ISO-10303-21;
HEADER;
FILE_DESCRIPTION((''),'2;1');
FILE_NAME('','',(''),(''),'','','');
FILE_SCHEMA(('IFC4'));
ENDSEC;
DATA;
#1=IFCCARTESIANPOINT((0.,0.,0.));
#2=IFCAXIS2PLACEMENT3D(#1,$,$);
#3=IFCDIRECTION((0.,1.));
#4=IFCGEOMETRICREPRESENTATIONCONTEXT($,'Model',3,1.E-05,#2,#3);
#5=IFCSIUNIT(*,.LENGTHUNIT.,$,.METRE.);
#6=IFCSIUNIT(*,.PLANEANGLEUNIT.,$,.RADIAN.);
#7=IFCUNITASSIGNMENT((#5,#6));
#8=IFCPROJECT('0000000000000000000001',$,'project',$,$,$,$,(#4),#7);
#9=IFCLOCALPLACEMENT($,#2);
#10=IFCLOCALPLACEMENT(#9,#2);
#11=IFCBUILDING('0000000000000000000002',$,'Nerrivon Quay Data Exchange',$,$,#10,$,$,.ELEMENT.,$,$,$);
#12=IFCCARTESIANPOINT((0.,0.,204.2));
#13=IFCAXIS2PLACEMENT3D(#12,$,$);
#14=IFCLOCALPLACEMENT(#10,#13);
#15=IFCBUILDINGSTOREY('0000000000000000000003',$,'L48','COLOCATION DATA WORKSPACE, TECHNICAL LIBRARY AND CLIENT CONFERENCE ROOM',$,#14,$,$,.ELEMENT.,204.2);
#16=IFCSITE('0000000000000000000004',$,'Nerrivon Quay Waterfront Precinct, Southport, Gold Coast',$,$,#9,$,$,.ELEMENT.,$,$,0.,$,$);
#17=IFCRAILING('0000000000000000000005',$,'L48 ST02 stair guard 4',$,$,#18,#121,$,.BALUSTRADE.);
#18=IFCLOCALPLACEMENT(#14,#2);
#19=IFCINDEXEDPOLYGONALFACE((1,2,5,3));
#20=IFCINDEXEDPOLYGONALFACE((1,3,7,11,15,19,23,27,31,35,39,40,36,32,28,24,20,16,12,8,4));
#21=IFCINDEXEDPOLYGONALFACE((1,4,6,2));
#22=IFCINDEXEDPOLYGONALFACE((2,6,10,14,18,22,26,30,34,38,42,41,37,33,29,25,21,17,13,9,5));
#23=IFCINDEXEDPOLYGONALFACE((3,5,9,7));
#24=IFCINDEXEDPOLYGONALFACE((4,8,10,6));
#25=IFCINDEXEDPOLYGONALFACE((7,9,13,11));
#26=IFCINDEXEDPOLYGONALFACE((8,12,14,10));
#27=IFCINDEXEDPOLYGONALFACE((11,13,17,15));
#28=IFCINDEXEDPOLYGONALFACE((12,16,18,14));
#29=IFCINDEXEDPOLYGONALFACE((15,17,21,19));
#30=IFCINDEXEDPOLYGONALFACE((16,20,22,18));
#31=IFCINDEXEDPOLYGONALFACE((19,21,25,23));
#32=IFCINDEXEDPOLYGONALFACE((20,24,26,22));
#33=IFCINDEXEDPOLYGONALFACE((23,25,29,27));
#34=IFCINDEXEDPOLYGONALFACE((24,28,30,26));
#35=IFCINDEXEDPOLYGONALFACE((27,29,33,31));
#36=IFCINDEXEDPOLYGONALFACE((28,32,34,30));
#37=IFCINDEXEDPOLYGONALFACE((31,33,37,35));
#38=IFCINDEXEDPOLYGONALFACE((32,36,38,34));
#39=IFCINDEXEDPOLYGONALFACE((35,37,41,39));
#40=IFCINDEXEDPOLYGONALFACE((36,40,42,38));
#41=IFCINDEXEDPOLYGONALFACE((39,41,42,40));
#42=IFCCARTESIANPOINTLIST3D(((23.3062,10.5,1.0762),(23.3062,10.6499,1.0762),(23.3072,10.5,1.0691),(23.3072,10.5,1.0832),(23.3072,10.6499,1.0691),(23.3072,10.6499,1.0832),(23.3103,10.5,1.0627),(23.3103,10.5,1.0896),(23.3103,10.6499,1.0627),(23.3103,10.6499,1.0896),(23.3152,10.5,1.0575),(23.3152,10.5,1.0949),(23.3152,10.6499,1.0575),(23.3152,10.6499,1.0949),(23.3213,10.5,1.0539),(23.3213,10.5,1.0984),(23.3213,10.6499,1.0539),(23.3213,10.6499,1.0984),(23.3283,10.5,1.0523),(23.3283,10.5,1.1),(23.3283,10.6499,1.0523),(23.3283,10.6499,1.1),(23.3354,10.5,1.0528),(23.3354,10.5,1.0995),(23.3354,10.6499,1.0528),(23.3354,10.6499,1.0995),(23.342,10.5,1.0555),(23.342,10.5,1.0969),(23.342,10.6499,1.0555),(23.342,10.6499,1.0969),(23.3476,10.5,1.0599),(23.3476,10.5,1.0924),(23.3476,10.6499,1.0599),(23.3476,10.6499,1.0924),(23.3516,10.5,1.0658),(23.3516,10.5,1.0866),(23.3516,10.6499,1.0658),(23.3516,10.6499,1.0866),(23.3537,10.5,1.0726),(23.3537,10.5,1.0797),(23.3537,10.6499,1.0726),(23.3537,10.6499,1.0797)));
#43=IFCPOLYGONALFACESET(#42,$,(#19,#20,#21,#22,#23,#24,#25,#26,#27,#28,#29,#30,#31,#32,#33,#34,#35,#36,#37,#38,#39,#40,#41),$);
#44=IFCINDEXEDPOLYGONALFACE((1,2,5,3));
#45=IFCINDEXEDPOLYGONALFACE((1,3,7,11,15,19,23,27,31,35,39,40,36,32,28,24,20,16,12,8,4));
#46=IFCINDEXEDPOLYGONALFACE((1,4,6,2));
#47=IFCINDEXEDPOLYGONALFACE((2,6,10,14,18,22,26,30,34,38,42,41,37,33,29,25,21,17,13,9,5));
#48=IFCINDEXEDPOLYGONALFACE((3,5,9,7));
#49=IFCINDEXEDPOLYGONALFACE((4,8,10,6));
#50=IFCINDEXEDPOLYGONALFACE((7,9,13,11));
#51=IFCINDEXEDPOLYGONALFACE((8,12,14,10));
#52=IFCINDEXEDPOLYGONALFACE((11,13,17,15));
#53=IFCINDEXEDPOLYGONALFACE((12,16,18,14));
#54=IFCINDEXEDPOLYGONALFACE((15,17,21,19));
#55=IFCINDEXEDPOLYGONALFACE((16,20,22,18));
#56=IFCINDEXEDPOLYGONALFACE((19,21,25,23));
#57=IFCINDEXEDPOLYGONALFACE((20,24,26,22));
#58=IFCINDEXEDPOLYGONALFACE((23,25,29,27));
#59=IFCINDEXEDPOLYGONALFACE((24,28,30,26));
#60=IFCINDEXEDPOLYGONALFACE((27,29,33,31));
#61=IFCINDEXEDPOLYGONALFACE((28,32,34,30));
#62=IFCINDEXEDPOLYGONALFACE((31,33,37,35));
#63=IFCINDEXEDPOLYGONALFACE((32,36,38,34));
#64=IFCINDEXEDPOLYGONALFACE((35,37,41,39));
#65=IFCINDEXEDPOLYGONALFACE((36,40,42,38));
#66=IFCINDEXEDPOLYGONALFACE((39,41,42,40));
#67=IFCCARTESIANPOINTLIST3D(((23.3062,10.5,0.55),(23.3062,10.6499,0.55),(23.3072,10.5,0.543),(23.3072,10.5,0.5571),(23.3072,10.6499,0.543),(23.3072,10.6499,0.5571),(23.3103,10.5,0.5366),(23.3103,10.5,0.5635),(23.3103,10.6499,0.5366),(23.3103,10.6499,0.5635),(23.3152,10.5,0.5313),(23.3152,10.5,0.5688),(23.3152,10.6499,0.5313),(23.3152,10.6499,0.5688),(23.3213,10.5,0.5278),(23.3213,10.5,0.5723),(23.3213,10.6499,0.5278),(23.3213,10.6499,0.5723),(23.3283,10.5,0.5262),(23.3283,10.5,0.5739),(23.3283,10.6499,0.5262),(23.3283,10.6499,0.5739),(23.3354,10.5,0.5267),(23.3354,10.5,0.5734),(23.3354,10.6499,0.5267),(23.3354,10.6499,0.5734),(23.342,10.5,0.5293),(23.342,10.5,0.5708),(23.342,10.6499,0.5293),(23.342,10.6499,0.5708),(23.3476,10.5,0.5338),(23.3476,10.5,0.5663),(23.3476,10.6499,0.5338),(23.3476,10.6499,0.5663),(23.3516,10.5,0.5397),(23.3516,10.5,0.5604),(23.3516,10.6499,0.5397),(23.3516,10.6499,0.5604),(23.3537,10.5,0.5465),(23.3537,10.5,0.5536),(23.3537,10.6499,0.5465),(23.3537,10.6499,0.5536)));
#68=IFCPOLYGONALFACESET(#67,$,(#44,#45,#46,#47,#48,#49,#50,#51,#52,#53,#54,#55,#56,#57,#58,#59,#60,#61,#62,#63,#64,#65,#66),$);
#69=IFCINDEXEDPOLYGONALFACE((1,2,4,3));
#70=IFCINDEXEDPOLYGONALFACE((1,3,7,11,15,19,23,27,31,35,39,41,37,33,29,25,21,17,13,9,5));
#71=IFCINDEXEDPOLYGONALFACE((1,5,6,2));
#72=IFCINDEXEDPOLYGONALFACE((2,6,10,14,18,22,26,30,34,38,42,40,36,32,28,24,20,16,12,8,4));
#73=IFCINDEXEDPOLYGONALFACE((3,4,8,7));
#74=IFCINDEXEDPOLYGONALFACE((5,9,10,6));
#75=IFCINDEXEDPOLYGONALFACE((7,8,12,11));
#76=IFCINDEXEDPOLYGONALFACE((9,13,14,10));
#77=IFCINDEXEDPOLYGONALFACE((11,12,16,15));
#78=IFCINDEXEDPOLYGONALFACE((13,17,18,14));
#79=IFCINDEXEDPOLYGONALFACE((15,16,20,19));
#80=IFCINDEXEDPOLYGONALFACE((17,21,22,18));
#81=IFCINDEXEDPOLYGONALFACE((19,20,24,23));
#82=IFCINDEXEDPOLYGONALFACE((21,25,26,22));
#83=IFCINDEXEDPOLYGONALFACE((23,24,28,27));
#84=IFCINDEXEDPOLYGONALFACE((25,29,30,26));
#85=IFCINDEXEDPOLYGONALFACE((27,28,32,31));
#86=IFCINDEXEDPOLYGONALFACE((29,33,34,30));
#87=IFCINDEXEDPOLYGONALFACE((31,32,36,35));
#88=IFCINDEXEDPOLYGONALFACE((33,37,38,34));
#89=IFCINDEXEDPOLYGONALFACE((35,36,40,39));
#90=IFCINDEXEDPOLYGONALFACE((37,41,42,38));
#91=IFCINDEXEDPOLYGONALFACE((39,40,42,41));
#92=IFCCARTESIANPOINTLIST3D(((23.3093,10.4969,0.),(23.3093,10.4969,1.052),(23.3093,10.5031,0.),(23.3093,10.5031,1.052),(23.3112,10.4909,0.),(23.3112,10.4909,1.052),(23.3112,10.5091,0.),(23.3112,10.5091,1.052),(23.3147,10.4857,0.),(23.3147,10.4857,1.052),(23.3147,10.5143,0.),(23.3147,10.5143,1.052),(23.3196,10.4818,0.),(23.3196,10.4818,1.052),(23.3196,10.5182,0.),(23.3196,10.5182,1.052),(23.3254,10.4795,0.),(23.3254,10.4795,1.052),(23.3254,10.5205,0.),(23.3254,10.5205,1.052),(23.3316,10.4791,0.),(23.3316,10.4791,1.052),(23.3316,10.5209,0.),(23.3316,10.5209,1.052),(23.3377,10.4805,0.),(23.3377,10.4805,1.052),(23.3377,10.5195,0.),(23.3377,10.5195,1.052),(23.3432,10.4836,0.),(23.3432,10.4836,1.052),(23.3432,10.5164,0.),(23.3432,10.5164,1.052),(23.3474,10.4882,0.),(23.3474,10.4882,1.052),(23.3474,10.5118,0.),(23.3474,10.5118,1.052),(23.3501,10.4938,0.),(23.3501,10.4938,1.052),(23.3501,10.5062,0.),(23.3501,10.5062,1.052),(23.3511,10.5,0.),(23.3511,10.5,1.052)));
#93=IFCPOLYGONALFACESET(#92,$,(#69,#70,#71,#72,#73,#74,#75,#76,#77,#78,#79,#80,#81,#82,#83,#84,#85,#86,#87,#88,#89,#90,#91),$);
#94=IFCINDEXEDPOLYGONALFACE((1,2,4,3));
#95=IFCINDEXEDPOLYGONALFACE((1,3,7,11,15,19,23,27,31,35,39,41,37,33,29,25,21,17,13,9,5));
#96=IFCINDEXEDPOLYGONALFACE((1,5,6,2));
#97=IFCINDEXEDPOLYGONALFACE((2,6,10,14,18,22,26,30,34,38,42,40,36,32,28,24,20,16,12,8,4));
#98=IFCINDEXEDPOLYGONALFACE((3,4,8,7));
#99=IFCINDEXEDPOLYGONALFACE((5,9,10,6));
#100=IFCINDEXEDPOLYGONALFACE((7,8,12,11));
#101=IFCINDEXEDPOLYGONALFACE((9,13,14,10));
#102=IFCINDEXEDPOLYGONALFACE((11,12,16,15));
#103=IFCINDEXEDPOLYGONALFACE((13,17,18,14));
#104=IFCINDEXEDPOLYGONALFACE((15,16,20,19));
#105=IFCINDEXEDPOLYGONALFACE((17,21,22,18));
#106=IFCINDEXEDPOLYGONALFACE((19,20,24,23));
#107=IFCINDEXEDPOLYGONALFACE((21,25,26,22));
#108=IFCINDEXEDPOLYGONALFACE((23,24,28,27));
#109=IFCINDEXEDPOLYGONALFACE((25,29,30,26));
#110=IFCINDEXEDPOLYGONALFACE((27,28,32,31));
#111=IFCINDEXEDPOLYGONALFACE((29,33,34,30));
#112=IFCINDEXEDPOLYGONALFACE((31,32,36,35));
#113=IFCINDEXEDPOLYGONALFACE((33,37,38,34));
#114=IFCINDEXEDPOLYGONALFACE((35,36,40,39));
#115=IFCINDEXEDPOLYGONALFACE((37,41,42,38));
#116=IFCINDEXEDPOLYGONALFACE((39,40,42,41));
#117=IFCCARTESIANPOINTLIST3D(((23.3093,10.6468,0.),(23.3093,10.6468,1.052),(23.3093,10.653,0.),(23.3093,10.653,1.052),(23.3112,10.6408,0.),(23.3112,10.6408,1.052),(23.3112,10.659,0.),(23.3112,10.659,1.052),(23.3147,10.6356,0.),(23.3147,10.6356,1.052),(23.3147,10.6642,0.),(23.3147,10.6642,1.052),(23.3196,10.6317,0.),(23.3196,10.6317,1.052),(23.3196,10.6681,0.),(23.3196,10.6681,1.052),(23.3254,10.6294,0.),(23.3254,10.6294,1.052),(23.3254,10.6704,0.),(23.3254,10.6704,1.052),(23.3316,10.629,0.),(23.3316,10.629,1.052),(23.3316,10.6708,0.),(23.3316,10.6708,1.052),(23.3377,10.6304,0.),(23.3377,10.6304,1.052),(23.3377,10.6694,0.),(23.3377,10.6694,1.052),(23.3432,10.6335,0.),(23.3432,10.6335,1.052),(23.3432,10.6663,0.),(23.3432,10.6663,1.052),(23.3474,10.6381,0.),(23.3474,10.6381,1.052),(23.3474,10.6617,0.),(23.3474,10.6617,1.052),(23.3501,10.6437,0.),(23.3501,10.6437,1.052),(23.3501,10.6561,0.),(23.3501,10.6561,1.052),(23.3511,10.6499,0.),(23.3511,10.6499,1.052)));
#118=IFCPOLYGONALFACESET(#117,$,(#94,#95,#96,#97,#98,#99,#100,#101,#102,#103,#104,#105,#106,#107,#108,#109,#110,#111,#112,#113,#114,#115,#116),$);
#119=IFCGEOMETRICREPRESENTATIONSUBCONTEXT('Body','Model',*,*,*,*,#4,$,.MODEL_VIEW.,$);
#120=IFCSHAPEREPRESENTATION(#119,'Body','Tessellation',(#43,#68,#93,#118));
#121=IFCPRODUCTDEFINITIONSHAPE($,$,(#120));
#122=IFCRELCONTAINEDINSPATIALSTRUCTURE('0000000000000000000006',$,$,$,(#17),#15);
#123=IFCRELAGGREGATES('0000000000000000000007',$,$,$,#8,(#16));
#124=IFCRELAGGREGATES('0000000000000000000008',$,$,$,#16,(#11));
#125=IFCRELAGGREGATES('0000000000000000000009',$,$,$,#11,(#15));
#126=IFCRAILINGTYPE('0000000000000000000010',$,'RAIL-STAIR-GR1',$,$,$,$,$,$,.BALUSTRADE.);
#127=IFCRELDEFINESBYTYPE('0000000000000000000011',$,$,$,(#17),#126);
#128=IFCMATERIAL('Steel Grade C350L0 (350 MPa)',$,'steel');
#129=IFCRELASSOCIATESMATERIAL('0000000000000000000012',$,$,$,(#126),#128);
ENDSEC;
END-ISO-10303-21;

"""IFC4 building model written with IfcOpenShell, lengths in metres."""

from ifc_helpers import new_model, si_unit, direction, frame, origin, origin_2d, place, context, subcontext, project, spatial, circle, extrude, material, type_object, element, save


model = new_model("IFC4")

# Units and contexts
model_context = context("Model", 3, precision=1e-05, world=origin(), true_north=direction((0.0, 1.0)))
body_context = subcontext(model_context, "Body", "Model", "MODEL_VIEW")
ifc_project = project(units=[si_unit("LENGTHUNIT", "METRE"), si_unit("PLANEANGLEUNIT", "RADIAN")], contexts=[model_context])

# Site, building, storey
site_placement = place(None, origin())
site = spatial("IfcSite", under=ifc_project, at=site_placement, Name="Nerrivon Quay Waterfront Precinct, Southport, Gold Coast", CompositionType="ELEMENT", RefElevation=0.0)
building_placement = place(site_placement, origin())
building = spatial("IfcBuilding", under=site, at=building_placement, Name="Nerrivon Quay Data Exchange", CompositionType="ELEMENT")
storey_placement = place(building_placement, frame((0.0, 0.0, 204.2)))
storey = spatial("IfcBuildingStorey", under=building, at=storey_placement, Name="L48", Description="COLOCATION DATA WORKSPACE, TECHNICAL LIBRARY AND CLIENT CONFERENCE ROOM", CompositionType="ELEMENT", Elevation=204.2)

# Railing
ifc_material_1 = material(Name="Steel Grade C350L0 (350 MPa)", Category="steel")
railing_type_1 = type_object("IfcRailingType", Name="RAIL-STAIR-GR1", PredefinedType="BALUSTRADE", material=ifc_material_1)
railing_1_placement = place(storey_placement, frame((23.3301, 10.5, 0.0)))
element("IfcRailing", 1, at=railing_1_placement, inside=storey, type_object=railing_type_1, Name="L48 ST02 stair guard 4", PredefinedType="BALUSTRADE", context=body_context, shape_type="SweptSolid", body=[
    extrude(circle(Radius=0.0239, at=origin_2d()), frame((0.0, 0.0, 1.0762), z_axis=(0.0, 1.0, 0.0), x_axis=(-1.0, 0.0, 0.0)), (0.0, 0.0, 1.0), 0.1499),
    extrude(circle(Radius=0.0239, at=origin_2d()), frame((0.0, 0.0, 0.55), z_axis=(0.0, 1.0, 0.0), x_axis=(-1.0, 0.0, 0.0)), (0.0, 0.0, 1.0), 0.1499),
    extrude(circle(Radius=0.021, at=origin_2d()), origin(), (0.0, 0.0, 1.0), 1.052),
    extrude(circle(Radius=0.021, at=origin_2d()), frame((0.0, 0.1499, 0.0)), (0.0, 0.0, 1.0), 1.052),
])

save(model, "model.ifc")
